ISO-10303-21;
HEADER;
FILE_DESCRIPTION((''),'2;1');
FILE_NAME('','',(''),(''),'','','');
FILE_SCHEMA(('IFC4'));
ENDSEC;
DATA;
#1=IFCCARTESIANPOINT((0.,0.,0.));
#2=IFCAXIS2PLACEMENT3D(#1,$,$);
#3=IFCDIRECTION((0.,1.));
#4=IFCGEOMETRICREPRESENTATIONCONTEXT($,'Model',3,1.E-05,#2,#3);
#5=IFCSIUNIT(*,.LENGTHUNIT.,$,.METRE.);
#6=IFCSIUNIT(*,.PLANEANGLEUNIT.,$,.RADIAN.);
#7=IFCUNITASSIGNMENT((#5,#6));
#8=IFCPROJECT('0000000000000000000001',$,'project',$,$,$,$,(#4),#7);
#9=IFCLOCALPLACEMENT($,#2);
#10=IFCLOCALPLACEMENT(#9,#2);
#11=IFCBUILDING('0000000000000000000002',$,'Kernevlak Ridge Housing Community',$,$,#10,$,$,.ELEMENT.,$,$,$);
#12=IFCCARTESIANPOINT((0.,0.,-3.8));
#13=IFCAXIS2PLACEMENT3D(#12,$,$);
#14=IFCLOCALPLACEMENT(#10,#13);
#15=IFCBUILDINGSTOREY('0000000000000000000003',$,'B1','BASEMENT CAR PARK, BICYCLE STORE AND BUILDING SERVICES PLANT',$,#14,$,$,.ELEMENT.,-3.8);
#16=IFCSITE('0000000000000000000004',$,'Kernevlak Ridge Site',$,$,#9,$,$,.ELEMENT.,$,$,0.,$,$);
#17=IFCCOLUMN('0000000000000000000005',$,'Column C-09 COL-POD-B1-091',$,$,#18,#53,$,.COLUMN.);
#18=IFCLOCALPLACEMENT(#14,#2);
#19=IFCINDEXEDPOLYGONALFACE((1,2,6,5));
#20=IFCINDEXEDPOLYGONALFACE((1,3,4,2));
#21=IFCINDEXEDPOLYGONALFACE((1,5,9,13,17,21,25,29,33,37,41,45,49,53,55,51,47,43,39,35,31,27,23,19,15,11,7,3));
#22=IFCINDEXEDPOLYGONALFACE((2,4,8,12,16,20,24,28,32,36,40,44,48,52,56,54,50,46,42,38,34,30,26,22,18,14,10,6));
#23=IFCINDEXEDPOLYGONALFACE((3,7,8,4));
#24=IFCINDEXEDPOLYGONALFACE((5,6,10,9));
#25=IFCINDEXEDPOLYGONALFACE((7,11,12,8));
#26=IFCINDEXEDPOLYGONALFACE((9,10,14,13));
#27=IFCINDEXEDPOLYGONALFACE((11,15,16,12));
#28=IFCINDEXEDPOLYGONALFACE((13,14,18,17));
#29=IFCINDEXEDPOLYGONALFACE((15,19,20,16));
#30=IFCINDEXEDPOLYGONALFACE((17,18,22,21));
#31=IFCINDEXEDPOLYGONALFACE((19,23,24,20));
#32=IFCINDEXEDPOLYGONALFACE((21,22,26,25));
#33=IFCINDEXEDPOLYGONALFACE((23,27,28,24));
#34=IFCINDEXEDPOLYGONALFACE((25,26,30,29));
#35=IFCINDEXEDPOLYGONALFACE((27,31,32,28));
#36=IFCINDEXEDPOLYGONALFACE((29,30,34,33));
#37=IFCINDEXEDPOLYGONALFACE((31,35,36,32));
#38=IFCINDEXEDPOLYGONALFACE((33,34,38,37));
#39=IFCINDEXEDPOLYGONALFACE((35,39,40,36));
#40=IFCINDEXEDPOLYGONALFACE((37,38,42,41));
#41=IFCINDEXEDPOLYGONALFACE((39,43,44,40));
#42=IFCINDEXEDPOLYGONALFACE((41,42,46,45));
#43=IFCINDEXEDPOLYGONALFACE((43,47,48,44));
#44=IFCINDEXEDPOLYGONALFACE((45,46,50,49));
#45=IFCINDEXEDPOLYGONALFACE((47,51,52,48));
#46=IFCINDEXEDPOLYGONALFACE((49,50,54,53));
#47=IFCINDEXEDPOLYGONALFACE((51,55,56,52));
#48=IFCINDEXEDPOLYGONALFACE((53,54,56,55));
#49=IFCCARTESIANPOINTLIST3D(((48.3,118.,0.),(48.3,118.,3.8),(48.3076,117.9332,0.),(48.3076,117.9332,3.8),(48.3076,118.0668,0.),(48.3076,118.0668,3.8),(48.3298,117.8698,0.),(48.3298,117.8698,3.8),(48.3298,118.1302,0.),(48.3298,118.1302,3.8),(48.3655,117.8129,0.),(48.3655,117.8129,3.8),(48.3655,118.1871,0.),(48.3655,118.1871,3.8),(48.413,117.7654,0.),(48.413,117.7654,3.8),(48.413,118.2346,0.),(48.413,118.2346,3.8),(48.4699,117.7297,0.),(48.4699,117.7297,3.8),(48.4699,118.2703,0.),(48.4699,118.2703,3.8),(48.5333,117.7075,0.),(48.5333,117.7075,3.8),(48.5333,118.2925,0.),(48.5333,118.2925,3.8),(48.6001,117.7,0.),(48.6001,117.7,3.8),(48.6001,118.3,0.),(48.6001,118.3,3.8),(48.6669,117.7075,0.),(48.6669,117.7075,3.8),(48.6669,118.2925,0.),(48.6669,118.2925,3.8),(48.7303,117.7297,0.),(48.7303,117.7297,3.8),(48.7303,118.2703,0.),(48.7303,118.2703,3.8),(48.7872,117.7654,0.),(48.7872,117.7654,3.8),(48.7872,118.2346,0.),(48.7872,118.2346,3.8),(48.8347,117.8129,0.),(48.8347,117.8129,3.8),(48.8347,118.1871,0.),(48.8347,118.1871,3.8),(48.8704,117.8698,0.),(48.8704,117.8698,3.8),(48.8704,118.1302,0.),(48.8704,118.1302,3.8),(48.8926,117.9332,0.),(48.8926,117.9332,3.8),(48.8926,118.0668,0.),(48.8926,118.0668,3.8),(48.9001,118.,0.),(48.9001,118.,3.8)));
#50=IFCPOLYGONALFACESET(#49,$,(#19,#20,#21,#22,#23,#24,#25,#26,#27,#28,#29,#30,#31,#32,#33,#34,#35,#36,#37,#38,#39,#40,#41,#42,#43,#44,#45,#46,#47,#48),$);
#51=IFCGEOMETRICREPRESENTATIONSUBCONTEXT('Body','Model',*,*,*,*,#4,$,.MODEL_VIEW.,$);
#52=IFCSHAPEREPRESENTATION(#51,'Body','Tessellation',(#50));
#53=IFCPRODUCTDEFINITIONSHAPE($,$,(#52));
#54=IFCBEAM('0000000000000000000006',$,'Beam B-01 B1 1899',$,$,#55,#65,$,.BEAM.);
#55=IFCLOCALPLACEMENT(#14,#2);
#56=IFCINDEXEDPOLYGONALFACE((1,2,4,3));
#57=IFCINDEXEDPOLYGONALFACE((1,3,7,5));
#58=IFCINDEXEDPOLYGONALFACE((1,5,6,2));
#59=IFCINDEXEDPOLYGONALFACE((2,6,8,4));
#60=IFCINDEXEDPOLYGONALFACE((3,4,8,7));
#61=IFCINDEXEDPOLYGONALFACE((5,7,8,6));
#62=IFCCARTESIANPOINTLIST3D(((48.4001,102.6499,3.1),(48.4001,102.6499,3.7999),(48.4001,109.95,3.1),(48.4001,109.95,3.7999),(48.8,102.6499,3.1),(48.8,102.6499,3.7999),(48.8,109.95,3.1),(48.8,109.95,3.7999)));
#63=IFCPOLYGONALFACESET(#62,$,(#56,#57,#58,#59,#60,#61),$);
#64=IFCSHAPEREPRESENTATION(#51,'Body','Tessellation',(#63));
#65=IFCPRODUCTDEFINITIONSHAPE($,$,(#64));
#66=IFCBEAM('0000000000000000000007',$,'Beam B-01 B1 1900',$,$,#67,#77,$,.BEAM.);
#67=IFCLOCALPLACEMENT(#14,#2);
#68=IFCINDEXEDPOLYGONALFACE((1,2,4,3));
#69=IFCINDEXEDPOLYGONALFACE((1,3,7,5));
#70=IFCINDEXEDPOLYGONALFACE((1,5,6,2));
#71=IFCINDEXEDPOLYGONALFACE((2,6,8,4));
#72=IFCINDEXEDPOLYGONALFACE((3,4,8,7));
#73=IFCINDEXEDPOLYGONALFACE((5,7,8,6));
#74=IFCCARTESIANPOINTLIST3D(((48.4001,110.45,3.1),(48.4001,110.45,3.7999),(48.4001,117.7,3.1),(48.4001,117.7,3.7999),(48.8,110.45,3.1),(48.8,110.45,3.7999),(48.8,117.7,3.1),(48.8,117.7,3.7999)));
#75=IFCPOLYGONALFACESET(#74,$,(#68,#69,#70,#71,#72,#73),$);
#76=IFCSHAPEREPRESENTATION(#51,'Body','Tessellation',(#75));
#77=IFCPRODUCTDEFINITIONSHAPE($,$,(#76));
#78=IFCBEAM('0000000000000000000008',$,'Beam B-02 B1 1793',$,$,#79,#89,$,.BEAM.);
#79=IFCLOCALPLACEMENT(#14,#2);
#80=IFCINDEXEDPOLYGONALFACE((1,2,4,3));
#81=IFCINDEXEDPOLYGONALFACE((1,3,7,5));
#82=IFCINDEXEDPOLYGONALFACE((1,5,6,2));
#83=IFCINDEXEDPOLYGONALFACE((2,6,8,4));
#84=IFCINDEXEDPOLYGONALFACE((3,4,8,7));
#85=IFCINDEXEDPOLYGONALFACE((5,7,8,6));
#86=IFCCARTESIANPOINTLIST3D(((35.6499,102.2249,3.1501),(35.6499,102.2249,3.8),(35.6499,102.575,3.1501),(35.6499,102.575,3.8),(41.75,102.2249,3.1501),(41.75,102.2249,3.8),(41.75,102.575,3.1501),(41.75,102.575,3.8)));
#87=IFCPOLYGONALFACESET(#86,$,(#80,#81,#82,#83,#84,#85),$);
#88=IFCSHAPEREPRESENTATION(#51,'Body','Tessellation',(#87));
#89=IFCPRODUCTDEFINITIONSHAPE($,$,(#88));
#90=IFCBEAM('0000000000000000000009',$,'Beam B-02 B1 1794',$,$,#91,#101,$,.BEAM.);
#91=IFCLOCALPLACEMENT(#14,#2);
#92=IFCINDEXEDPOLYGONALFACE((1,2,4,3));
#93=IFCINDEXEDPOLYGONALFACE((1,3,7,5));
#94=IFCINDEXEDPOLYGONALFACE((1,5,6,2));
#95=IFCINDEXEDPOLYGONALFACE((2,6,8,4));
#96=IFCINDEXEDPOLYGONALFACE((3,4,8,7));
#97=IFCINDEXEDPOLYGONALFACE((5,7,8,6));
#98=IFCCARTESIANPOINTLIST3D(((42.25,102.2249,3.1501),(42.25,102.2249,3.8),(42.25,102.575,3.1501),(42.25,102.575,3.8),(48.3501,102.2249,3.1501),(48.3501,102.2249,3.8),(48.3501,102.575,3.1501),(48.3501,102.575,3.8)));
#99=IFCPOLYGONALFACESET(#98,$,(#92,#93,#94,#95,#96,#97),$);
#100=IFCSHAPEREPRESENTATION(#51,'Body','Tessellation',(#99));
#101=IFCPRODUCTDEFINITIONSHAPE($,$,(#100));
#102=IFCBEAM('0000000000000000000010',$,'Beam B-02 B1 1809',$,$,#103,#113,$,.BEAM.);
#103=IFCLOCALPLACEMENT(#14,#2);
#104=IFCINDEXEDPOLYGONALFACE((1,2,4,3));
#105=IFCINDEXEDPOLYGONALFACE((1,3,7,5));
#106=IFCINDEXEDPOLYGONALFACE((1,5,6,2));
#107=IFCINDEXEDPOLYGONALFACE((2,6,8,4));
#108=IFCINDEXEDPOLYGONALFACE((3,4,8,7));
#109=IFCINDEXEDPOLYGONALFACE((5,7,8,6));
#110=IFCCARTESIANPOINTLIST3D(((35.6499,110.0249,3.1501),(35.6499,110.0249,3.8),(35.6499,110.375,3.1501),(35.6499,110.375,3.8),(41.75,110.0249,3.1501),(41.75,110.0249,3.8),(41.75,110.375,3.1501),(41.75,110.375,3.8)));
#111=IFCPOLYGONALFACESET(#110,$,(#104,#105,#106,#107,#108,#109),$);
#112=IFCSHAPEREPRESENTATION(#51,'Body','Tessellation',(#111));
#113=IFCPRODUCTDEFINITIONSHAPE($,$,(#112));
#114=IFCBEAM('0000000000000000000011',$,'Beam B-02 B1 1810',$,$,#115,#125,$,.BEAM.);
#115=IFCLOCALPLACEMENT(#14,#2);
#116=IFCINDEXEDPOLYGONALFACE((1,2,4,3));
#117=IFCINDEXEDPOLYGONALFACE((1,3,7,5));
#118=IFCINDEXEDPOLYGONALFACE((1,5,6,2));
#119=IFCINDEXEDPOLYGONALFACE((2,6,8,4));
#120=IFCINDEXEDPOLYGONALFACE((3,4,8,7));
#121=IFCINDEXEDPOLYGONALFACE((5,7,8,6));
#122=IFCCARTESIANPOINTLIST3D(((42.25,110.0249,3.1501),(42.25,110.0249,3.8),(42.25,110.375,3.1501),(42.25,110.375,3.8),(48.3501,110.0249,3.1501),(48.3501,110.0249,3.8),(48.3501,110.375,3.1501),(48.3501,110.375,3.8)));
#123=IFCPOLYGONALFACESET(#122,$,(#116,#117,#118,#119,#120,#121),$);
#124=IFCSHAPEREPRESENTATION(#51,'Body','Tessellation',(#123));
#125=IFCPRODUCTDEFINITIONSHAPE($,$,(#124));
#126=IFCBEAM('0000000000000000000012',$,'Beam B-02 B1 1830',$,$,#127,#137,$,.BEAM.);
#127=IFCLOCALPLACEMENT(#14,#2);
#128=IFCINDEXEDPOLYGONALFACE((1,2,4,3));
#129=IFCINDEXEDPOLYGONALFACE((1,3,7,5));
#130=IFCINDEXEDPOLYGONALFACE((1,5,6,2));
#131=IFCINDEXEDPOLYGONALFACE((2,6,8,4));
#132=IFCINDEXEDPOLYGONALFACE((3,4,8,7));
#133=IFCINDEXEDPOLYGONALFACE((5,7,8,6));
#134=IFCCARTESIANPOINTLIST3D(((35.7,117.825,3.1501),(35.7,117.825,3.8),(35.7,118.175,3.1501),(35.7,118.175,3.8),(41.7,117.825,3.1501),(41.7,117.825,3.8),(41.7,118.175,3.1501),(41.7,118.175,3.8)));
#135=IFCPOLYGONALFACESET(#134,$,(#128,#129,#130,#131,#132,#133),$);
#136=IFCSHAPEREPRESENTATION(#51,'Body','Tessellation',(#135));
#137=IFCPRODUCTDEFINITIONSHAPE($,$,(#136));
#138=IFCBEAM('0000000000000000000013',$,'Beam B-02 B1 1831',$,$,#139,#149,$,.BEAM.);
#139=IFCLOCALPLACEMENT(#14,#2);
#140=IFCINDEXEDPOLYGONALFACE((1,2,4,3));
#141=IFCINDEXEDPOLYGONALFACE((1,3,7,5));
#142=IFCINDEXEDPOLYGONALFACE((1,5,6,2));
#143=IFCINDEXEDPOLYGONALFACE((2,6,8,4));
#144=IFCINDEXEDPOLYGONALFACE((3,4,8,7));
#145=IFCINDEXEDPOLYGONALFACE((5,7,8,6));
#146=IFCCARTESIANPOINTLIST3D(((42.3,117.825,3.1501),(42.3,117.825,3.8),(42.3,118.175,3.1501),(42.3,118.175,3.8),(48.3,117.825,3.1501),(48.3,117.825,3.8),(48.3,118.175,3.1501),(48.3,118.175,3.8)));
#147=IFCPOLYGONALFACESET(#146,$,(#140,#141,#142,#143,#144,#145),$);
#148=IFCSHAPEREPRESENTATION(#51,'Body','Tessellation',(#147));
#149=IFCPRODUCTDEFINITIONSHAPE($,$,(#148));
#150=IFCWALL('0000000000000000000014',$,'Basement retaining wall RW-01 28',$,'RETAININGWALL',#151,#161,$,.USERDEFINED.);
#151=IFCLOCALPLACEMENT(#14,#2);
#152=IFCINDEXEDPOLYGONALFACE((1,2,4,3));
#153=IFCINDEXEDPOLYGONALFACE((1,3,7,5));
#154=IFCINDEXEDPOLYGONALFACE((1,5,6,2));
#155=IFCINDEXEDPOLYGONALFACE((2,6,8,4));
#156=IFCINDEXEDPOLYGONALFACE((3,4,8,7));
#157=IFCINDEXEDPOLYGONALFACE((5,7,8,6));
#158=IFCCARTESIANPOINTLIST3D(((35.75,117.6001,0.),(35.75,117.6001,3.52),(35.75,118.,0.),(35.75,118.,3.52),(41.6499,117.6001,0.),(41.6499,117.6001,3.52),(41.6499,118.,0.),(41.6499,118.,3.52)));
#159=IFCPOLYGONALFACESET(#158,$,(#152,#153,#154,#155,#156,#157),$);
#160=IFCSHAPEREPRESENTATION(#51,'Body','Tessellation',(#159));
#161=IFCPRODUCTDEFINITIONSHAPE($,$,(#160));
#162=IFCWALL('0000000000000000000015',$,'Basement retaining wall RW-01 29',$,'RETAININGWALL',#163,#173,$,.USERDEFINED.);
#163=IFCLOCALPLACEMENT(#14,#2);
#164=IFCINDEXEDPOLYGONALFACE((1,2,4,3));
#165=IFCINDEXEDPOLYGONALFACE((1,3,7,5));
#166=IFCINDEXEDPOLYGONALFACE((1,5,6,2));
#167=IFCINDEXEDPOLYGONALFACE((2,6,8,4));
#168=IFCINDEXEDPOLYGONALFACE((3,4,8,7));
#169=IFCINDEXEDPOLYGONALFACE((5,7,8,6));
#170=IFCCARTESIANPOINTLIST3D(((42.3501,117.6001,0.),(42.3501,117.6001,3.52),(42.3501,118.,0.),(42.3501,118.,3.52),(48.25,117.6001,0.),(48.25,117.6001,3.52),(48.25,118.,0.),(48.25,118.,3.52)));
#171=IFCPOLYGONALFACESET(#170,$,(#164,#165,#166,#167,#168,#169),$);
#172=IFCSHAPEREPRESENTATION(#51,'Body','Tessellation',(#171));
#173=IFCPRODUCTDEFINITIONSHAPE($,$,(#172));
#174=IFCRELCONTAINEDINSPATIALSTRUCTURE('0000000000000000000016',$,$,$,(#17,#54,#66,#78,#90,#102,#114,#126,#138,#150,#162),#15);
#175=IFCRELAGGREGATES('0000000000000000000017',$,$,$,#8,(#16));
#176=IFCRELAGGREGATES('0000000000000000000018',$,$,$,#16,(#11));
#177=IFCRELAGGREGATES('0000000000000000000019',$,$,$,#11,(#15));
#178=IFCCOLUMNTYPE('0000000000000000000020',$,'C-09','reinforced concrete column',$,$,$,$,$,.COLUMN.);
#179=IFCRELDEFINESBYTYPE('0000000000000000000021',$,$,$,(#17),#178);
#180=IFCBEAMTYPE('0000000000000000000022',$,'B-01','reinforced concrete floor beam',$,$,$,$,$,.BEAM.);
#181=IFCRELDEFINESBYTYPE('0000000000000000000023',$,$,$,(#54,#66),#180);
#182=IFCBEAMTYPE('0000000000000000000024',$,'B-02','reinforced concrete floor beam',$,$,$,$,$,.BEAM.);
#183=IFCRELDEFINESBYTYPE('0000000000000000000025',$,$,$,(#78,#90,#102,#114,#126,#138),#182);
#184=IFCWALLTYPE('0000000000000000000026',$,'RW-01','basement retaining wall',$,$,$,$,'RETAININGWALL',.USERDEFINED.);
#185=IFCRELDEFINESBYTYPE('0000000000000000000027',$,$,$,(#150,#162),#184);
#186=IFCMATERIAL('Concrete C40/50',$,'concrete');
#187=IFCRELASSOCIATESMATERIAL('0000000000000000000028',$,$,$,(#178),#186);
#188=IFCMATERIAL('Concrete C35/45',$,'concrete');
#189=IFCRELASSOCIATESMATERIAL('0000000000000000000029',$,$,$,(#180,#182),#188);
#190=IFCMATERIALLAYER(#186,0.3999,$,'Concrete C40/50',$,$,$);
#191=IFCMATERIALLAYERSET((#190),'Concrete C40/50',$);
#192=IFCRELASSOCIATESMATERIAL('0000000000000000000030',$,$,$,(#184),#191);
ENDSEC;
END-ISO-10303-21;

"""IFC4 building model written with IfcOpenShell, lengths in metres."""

from ifc_helpers import new_model, si_unit, direction, frame, frame_2d, origin, origin_2d, place, context, subcontext, project, spatial, rectangle, circle, extrude, material, layer, layer_set, material_profile, profile_set, type_object, element, save


model = new_model("IFC4")

# Units and contexts
model_context = context("Model", 3, precision=1e-05, world=origin(), true_north=direction((0.0, 1.0)))
body_context = subcontext(model_context, "Body", "Model", "MODEL_VIEW")
ifc_project = project(units=[si_unit("LENGTHUNIT", "METRE"), si_unit("PLANEANGLEUNIT", "RADIAN")], contexts=[model_context])

# Site, building, storey
site_placement = place(None, origin())
site = spatial("IfcSite", under=ifc_project, at=site_placement, Name="Kernevlak Ridge Site", CompositionType="ELEMENT", RefElevation=0.0)
building_placement = place(site_placement, origin())
building = spatial("IfcBuilding", under=site, at=building_placement, Name="Kernevlak Ridge Housing Community", CompositionType="ELEMENT")
storey_placement = place(building_placement, frame((0.0, 0.0, -3.8)))
storey = spatial("IfcBuildingStorey", under=building, at=storey_placement, Name="B1", Description="BASEMENT CAR PARK, BICYCLE STORE AND BUILDING SERVICES PLANT", CompositionType="ELEMENT", Elevation=-3.8)

# Shared definitions
ifc_material_1 = material(Name="Concrete C35/45", Category="concrete")

# Column
ifc_material_2 = material(Name="Concrete C40/50", Category="concrete")
ifc_material_profile_1 = material_profile(ifc_material_2, circle(Radius=0.3, at=origin_2d()), Name="RC D600")
ifc_profile_set_1 = profile_set([ifc_material_profile_1], Name="Concrete C40/50")
column_type_1 = type_object("IfcColumnType", Name="C-09", Description="reinforced concrete column", PredefinedType="COLUMN", material=ifc_profile_set_1)
for number, where, z_axis, x_axis, name in (
    (1, (48.6001, 118.0, 0.0), (0.0, 0.0, 1.0), (1.0, 0.0, 0.0), "Column C-09 COL-POD-B1-091"),
):
    element("IfcColumn", number, at=place(storey_placement, frame(where, z_axis=z_axis, x_axis=x_axis)), inside=storey, type_object=column_type_1, Name=name, PredefinedType="COLUMN", context=body_context, shape_type="SweptSolid", body=[
        extrude(circle(Radius=0.3, at=origin_2d()), origin(), (0.0, 0.0, 1.0), 3.8),
    ])

# Beams
ifc_material_profile_2 = material_profile(ifc_material_1, rectangle(XDim=0.3999, YDim=0.7, at=origin_2d()), Name="RC 400x700")
ifc_profile_set_2 = profile_set([ifc_material_profile_2], Name="Concrete C35/45")
beam_type_1 = type_object("IfcBeamType", Name="B-01", Description="reinforced concrete floor beam", PredefinedType="BEAM", material=ifc_profile_set_2)
beam_1_placement = place(storey_placement, frame((48.6001, 102.6499, 3.45), z_axis=(0.0, 1.0, 0.0), x_axis=(-1.0, 0.0, 0.0)))
element("IfcBeam", 2, at=beam_1_placement, inside=storey, type_object=beam_type_1, Name="Beam B-01 B1 1899", PredefinedType="BEAM", context=body_context, shape_type="SweptSolid", body=[
    extrude(rectangle(XDim=0.3999, YDim=0.7, at=origin_2d()), origin(), (0.0, 0.0, 1.0), 7.3),
])
beam_2_placement = place(storey_placement, frame((48.6001, 110.45, 3.45), z_axis=(0.0, 1.0, 0.0), x_axis=(-1.0, 0.0, 0.0)))
element("IfcBeam", 3, at=beam_2_placement, inside=storey, type_object=beam_type_1, Name="Beam B-01 B1 1900", PredefinedType="BEAM", context=body_context, shape_type="SweptSolid", body=[
    extrude(rectangle(XDim=0.3999, YDim=0.7, at=origin_2d()), origin(), (0.0, 0.0, 1.0), 7.25),
])
ifc_material_profile_3 = material_profile(ifc_material_1, rectangle(XDim=0.3501, YDim=0.6499, at=origin_2d()), Name="RC 350x650")
ifc_profile_set_3 = profile_set([ifc_material_profile_3], Name="Concrete C35/45")
beam_type_2 = type_object("IfcBeamType", Name="B-02", Description="reinforced concrete floor beam", PredefinedType="BEAM", material=ifc_profile_set_3)
for number, where, z_axis, x_axis, name in (
    (4, (35.6499, 102.3999, 3.4751), (1.0, 0.0, 0.0), (0.0, 1.0, 0.0), "Beam B-02 B1 1793"),
    (5, (42.25, 102.3999, 3.4751), (1.0, 0.0, 0.0), (0.0, 1.0, 0.0), "Beam B-02 B1 1794"),
    (6, (35.6499, 110.2, 3.4751), (1.0, 0.0, 0.0), (0.0, 1.0, 0.0), "Beam B-02 B1 1809"),
    (7, (42.25, 110.2, 3.4751), (1.0, 0.0, 0.0), (0.0, 1.0, 0.0), "Beam B-02 B1 1810"),
):
    element("IfcBeam", number, at=place(storey_placement, frame(where, z_axis=z_axis, x_axis=x_axis)), inside=storey, type_object=beam_type_2, Name=name, PredefinedType="BEAM", context=body_context, shape_type="SweptSolid", body=[
        extrude(rectangle(XDim=0.3501, YDim=0.6499, at=origin_2d()), origin(), (0.0, 0.0, 1.0), 6.1001),
    ])
for number, where, z_axis, x_axis, name in (
    (8, (35.7, 118.0, 3.4751), (1.0, 0.0, 0.0), (0.0, 1.0, 0.0), "Beam B-02 B1 1830"),
    (9, (42.3, 118.0, 3.4751), (1.0, 0.0, 0.0), (0.0, 1.0, 0.0), "Beam B-02 B1 1831"),
):
    element("IfcBeam", number, at=place(storey_placement, frame(where, z_axis=z_axis, x_axis=x_axis)), inside=storey, type_object=beam_type_2, Name=name, PredefinedType="BEAM", context=body_context, shape_type="SweptSolid", body=[
        extrude(rectangle(XDim=0.3501, YDim=0.6499, at=origin_2d()), origin(), (0.0, 0.0, 1.0), 6.0),
    ])

# Walls
ifc_layer = layer(ifc_material_2, 0.3999, Name="Concrete C40/50")
ifc_layer_set = layer_set([ifc_layer], Name="Concrete C40/50")
wall_type = type_object("IfcWallType", Name="RW-01", Description="basement retaining wall", ElementType="RETAININGWALL", PredefinedType="USERDEFINED", material=ifc_layer_set)
for number, where, z_axis, x_axis, name in (
    (10, (35.75, 117.8, 0.0), (0.0, 0.0, 1.0), (1.0, 0.0, 0.0), "Basement retaining wall RW-01 28"),
    (11, (42.3501, 117.8, 0.0), (0.0, 0.0, 1.0), (1.0, 0.0, 0.0), "Basement retaining wall RW-01 29"),
):
    element("IfcWall", number, at=place(storey_placement, frame(where, z_axis=z_axis, x_axis=x_axis)), inside=storey, type_object=wall_type, Name=name, ObjectType="RETAININGWALL", PredefinedType="USERDEFINED", context=body_context, shape_type="SweptSolid", body=[
        extrude(rectangle(XDim=5.8999, YDim=0.3999, at=frame_2d((2.95, 0.0))), origin(), (0.0, 0.0, 1.0), 3.52),
    ])

save(model, "model.ifc")
